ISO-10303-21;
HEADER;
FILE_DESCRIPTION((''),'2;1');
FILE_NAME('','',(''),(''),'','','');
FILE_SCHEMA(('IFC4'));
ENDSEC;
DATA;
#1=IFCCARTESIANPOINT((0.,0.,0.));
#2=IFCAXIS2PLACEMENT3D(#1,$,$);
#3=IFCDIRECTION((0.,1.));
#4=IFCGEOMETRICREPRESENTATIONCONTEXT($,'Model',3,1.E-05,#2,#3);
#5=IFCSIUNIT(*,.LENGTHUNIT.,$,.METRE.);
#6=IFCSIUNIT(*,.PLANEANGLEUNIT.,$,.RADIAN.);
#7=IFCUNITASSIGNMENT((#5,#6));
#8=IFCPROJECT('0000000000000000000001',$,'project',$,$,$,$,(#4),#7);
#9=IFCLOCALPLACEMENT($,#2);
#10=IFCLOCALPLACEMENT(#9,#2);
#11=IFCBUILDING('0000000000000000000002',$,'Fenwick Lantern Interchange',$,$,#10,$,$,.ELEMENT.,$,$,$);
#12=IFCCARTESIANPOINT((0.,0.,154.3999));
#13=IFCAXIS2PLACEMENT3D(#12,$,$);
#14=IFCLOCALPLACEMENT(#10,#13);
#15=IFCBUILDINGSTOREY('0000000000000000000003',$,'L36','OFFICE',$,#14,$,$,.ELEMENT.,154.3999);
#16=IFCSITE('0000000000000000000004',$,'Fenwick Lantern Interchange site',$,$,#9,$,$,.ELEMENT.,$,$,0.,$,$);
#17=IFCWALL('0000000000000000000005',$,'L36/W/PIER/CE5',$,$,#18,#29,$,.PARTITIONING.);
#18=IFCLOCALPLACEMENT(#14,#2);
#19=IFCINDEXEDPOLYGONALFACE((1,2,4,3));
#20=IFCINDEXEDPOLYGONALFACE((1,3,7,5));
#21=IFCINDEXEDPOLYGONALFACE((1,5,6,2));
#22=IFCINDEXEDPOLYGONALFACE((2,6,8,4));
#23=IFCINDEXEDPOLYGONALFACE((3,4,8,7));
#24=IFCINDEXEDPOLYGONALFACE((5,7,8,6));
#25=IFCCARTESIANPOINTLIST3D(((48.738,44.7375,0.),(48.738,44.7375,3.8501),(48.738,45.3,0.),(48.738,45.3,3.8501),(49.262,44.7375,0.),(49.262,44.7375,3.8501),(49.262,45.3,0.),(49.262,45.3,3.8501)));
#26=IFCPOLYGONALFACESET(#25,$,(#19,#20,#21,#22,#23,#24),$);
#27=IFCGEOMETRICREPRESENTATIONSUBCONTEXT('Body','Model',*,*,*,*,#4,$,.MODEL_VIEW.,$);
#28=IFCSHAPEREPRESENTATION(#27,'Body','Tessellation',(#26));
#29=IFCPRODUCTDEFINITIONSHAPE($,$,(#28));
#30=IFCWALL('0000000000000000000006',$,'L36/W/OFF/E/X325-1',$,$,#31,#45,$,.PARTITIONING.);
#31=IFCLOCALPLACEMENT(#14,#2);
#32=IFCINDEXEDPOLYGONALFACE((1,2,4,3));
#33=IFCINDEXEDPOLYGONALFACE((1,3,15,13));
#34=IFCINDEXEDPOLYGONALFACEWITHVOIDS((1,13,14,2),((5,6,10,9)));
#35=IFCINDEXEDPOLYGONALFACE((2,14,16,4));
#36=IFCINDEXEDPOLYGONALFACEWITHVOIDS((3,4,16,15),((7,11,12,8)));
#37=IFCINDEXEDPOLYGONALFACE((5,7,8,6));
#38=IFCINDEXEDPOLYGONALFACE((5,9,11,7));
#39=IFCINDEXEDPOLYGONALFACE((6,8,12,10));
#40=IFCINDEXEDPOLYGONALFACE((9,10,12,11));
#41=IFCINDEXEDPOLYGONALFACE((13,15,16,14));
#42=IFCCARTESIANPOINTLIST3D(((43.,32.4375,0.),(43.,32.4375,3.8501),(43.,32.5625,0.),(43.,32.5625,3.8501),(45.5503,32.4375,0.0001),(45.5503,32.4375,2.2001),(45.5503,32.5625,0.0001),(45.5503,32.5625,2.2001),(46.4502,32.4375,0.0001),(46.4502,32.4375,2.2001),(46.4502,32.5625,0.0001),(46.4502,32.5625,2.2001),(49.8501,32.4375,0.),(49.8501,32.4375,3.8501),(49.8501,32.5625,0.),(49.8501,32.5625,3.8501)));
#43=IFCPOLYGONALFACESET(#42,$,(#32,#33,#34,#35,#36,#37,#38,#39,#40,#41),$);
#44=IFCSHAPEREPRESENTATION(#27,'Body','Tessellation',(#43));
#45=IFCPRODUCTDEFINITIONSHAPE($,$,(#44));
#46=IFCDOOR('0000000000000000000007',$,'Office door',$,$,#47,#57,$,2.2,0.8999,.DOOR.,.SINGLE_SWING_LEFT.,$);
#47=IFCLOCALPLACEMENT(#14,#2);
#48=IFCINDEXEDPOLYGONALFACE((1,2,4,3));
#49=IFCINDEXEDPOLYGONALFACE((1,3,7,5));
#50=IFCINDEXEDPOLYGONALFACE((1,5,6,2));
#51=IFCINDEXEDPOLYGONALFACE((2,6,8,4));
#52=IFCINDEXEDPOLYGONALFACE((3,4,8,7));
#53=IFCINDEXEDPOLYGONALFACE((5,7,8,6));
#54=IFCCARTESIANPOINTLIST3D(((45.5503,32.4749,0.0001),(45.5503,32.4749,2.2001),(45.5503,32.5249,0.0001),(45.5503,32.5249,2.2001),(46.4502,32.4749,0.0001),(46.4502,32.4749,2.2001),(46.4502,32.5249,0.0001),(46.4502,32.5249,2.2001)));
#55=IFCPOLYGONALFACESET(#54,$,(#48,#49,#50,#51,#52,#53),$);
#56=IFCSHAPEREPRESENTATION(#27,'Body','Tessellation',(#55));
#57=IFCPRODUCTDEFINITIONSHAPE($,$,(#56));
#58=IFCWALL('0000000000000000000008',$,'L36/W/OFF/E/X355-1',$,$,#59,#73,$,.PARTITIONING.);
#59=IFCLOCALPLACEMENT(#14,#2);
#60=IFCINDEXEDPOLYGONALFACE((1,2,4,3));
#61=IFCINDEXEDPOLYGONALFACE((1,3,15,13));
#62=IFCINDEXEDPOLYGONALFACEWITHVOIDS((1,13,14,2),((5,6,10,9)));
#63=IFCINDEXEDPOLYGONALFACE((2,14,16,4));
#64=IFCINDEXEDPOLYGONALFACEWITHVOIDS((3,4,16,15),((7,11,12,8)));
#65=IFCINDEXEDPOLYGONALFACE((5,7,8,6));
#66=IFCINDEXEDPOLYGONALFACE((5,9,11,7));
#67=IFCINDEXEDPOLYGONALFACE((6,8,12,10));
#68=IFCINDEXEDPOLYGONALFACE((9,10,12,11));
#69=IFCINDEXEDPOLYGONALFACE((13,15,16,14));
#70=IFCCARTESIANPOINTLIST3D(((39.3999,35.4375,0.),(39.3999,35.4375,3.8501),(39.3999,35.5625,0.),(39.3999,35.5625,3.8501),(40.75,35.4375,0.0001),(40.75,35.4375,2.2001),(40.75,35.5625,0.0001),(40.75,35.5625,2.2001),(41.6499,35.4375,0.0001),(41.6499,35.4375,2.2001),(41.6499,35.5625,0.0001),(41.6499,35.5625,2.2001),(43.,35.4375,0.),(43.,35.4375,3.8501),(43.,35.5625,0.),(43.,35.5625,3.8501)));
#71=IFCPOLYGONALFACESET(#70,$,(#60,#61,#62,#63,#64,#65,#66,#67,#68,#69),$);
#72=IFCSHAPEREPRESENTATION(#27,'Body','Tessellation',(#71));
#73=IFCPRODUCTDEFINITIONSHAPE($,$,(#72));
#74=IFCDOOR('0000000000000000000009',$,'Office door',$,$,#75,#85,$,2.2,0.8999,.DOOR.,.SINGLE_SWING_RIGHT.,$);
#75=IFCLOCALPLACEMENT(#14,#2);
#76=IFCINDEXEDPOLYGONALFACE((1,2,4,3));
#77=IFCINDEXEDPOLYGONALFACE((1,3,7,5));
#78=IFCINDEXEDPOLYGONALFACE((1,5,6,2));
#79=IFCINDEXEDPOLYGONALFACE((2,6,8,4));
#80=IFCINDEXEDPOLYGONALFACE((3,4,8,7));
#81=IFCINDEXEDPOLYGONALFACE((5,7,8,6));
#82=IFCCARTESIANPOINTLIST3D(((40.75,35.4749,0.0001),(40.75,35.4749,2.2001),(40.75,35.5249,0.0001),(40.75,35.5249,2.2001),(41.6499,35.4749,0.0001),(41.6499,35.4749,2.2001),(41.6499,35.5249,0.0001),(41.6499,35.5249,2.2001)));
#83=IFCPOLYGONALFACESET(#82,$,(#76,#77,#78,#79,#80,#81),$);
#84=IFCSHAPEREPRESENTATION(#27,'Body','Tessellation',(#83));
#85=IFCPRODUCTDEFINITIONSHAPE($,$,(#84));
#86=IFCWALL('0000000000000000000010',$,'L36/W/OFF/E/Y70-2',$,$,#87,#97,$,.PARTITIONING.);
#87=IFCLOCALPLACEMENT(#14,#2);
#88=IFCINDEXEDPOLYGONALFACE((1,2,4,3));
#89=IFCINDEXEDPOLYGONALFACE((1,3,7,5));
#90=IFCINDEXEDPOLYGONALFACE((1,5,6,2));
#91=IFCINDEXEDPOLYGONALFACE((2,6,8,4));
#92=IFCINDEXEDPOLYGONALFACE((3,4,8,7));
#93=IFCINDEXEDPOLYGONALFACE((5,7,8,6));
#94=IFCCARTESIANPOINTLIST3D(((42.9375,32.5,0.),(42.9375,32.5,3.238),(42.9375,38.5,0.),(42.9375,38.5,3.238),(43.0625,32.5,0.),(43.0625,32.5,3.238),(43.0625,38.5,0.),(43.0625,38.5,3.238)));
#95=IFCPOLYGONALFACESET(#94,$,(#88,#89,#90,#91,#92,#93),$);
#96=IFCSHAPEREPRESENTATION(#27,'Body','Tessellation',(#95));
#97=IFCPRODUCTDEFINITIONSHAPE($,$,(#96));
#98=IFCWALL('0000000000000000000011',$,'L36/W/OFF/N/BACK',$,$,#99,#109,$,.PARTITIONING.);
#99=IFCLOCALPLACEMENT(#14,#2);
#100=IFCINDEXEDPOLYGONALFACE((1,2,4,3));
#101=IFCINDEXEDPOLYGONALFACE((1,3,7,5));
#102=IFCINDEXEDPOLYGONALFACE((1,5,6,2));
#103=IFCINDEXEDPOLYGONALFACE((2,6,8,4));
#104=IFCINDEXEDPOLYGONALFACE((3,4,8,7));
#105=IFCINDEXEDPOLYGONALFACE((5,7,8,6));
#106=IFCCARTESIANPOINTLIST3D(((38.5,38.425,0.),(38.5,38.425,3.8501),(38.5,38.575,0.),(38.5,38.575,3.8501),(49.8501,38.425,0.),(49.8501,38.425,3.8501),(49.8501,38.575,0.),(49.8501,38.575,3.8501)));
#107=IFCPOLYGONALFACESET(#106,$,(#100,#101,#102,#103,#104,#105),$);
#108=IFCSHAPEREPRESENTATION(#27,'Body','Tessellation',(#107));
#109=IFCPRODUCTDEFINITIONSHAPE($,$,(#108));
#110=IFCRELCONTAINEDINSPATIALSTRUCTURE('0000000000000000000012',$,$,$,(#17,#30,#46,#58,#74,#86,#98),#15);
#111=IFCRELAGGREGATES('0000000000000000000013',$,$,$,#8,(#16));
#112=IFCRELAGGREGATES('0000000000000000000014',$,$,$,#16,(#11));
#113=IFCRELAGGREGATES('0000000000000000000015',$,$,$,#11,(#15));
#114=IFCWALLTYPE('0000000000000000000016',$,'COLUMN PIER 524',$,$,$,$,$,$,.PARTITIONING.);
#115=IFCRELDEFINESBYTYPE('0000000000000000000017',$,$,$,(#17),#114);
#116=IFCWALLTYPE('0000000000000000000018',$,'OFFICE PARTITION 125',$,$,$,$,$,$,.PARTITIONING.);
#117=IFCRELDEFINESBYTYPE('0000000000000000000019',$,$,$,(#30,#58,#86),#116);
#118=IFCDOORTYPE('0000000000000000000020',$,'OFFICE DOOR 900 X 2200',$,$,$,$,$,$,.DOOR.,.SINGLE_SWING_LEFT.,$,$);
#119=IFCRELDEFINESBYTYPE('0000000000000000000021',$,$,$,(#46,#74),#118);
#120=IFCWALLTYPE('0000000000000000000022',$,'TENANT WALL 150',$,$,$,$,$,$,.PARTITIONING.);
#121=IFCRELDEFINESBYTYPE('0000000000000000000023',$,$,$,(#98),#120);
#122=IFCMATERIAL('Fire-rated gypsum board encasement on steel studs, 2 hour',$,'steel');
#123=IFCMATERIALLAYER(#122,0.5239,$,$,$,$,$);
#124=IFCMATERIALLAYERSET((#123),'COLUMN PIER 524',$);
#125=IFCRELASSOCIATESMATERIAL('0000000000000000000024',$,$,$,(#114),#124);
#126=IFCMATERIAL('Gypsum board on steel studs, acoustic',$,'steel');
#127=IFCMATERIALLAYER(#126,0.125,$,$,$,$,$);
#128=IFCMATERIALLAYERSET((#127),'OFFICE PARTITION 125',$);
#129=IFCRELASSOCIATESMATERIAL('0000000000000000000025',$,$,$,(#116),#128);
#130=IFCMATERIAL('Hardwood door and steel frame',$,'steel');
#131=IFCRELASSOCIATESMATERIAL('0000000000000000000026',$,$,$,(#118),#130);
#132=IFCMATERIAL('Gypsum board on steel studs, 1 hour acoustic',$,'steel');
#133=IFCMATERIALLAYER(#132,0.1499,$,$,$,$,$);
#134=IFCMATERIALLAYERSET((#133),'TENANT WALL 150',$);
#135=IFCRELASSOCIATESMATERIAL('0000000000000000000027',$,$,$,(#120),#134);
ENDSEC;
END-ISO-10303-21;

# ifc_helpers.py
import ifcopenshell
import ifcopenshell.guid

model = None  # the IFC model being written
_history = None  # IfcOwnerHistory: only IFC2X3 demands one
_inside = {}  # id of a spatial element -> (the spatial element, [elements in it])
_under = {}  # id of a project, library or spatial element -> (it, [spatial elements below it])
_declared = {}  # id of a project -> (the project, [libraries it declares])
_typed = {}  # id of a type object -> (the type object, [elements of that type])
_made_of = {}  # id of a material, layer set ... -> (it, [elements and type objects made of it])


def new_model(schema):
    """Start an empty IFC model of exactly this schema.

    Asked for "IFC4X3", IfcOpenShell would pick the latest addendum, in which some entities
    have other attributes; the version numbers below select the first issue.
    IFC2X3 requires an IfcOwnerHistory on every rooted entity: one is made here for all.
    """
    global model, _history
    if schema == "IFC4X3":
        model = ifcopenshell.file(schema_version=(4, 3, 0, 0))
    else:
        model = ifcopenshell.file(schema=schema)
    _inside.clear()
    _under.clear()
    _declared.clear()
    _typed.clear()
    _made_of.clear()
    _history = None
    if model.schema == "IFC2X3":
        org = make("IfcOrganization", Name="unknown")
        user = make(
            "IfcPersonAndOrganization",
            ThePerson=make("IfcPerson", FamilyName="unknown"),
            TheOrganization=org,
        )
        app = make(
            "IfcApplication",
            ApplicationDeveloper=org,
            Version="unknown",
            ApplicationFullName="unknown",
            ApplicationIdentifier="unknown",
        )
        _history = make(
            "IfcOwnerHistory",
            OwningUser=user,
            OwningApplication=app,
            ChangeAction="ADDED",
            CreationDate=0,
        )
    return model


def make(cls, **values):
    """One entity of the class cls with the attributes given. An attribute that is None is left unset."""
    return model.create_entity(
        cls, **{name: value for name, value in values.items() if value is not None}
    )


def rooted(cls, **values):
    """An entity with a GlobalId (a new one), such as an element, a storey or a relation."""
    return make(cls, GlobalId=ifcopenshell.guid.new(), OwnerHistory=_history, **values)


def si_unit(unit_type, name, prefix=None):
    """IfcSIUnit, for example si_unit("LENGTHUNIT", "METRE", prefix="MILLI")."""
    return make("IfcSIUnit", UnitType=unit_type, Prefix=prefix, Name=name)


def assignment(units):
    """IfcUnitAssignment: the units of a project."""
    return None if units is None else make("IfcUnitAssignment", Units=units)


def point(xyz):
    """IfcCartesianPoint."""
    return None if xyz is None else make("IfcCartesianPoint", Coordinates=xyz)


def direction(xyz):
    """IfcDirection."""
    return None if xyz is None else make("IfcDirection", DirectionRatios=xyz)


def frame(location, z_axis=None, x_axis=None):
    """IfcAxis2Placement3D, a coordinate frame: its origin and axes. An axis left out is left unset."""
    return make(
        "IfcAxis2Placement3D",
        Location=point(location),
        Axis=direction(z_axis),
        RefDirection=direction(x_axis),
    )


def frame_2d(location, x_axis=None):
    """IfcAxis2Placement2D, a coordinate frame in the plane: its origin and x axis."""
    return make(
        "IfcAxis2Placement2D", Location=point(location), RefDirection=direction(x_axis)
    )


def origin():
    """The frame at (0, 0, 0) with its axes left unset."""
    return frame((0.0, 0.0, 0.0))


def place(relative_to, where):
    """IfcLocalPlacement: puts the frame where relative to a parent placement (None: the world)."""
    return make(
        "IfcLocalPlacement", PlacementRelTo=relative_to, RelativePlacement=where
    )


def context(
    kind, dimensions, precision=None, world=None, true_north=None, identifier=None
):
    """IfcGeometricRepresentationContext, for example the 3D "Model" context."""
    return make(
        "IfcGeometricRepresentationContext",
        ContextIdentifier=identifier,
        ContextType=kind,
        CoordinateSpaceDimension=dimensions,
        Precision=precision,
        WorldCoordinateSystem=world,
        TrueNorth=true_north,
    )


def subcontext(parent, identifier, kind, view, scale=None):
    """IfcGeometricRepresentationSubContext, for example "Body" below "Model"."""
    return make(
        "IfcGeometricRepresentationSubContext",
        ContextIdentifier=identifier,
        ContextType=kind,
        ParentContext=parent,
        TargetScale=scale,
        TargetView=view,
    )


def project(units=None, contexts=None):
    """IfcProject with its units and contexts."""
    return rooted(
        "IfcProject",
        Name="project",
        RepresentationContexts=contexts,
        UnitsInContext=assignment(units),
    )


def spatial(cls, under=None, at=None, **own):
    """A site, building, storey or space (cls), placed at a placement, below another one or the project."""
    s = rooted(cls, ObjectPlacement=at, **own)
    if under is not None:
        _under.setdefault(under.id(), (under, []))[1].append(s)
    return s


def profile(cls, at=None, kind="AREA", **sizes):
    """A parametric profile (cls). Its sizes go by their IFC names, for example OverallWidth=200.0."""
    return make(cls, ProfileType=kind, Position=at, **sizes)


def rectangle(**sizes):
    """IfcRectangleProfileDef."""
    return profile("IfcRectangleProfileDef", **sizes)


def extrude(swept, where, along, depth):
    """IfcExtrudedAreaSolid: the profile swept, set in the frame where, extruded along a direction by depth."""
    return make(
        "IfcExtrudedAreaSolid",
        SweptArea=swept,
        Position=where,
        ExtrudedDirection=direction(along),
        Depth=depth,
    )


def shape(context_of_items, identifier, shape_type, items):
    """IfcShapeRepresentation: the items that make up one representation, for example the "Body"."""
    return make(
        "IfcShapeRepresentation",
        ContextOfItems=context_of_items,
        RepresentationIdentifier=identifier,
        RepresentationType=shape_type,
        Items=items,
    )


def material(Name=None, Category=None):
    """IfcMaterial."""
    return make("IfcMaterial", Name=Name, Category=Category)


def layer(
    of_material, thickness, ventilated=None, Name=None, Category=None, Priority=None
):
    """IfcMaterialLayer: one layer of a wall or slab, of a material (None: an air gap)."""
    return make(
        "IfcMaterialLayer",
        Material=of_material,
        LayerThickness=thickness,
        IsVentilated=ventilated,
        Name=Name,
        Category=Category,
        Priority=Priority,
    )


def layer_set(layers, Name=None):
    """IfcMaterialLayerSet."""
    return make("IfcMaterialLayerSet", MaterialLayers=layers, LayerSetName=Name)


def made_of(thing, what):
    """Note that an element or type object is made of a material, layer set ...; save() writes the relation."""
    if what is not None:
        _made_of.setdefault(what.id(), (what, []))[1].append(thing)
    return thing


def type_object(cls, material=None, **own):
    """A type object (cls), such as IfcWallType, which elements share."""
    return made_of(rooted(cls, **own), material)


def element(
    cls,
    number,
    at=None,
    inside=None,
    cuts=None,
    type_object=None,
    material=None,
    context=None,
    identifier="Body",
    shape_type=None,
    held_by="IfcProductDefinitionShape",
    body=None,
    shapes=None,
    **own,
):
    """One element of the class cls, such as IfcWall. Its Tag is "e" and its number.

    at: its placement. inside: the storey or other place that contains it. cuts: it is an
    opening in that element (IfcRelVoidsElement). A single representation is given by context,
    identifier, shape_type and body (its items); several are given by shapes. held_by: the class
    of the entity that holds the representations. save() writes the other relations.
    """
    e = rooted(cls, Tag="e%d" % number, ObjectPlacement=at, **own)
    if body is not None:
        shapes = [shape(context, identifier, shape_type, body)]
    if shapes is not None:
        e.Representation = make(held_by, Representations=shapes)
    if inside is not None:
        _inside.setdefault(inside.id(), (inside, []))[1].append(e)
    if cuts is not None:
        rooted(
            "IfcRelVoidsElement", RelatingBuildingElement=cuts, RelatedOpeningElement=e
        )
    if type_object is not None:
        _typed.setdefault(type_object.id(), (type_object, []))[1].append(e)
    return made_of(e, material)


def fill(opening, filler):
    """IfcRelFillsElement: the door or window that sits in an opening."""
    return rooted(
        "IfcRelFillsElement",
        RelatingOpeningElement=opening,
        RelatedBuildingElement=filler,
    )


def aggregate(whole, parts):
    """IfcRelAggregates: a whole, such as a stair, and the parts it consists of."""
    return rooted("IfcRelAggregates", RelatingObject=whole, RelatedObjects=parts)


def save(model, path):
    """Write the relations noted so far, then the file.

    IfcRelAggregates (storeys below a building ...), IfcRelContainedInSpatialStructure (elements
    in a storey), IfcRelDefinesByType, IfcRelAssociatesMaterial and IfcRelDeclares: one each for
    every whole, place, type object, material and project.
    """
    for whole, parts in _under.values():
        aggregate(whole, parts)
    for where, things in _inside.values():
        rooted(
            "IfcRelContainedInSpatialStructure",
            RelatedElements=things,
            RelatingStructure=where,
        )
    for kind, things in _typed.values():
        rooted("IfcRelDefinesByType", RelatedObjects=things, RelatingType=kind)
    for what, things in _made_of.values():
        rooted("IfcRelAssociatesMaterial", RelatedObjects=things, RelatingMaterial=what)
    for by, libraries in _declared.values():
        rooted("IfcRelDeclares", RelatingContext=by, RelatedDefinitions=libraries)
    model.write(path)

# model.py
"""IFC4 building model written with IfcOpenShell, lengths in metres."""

from ifc_helpers import new_model, si_unit, direction, frame, frame_2d, origin, place, context, subcontext, project, spatial, rectangle, extrude, material, layer, layer_set, type_object, element, fill, save


model = new_model("IFC4")

# Units and contexts
model_context = context("Model", 3, precision=1e-05, world=origin(), true_north=direction((0.0, 1.0)))
body_context = subcontext(model_context, "Body", "Model", "MODEL_VIEW")
ifc_project = project(units=[si_unit("LENGTHUNIT", "METRE"), si_unit("PLANEANGLEUNIT", "RADIAN")], contexts=[model_context])

# Site, building, storey
site_placement = place(None, origin())
site = spatial("IfcSite", under=ifc_project, at=site_placement, Name="Fenwick Lantern Interchange site", CompositionType="ELEMENT", RefElevation=0.0)
building_placement = place(site_placement, origin())
building = spatial("IfcBuilding", under=site, at=building_placement, Name="Fenwick Lantern Interchange", CompositionType="ELEMENT")
storey_placement = place(building_placement, frame((0.0, 0.0, 154.3999)))
storey = spatial("IfcBuildingStorey", under=building, at=storey_placement, Name="L36", Description="OFFICE", CompositionType="ELEMENT", Elevation=154.3999)

# Wall
ifc_material_1 = material(Name="Fire-rated gypsum board encasement on steel studs, 2 hour", Category="steel")
ifc_layer_1 = layer(ifc_material_1, 0.5239)
ifc_layer_set_1 = layer_set([ifc_layer_1], Name="COLUMN PIER 524")
wall_type_1 = type_object("IfcWallType", Name="COLUMN PIER 524", PredefinedType="PARTITIONING", material=ifc_layer_set_1)
wall_1_placement = place(storey_placement, frame((49.0, 45.3, 0.0), z_axis=(0.0, 0.0, 1.0), x_axis=(0.0, -1.0, 0.0)))
element("IfcWall", 1, at=wall_1_placement, inside=storey, type_object=wall_type_1, Name="L36/W/PIER/CE5", PredefinedType="PARTITIONING", context=body_context, shape_type="SweptSolid", body=[
    extrude(rectangle(XDim=0.5625, YDim=0.5239, at=frame_2d((0.2812, 0.0))), origin(), (0.0, 0.0, 1.0), 3.8501),
])

# Walls, openings, doors
ifc_material_2 = material(Name="Gypsum board on steel studs, acoustic", Category="steel")
ifc_layer_2 = layer(ifc_material_2, 0.125)
ifc_layer_set_2 = layer_set([ifc_layer_2], Name="OFFICE PARTITION 125")
wall_type_2 = type_object("IfcWallType", Name="OFFICE PARTITION 125", PredefinedType="PARTITIONING", material=ifc_layer_set_2)
wall_2_placement = place(storey_placement, frame((49.8501, 32.5, 0.0), z_axis=(0.0, 0.0, 1.0), x_axis=(-1.0, 0.0, 0.0)))
wall_2 = element("IfcWall", 2, at=wall_2_placement, inside=storey, type_object=wall_type_2, Name="L36/W/OFF/E/X325-1", PredefinedType="PARTITIONING", context=body_context, shape_type="SweptSolid", body=[
    extrude(rectangle(XDim=6.8501, YDim=0.125, at=frame_2d((3.425, 0.0))), origin(), (0.0, 0.0, 1.0), 3.8501),
])
opening_1_placement = place(wall_2_placement, frame((3.3999, 0.0, 0.0)))
opening_1 = element("IfcOpeningElement", 3, at=opening_1_placement, cuts=wall_2, PredefinedType="OPENING", context=body_context, shape_type="SweptSolid", body=[
    extrude(rectangle(XDim=0.8999, YDim=2.2, at=frame_2d((0.45, 1.1001))), frame((0.0, 0.0725, 0.0), z_axis=(0.0, -1.0, 0.0), x_axis=(1.0, 0.0, 0.0)), (0.0, 0.0, 1.0), 0.145),
])
ifc_material_3 = material(Name="Hardwood door and steel frame", Category="steel")
door_type = type_object("IfcDoorType", Name="OFFICE DOOR 900 X 2200", OperationType="SINGLE_SWING_LEFT", PredefinedType="DOOR", material=ifc_material_3)
door_1_placement = place(opening_1_placement, frame((0.8999, 0.0, 0.0), z_axis=(0.0, 0.0, 1.0), x_axis=(-1.0, 0.0, 0.0)))
door_1 = element("IfcDoor", 4, at=door_1_placement, inside=storey, type_object=door_type, Name="Office door", OperationType="SINGLE_SWING_LEFT", OverallHeight=2.2, OverallWidth=0.8999, PredefinedType="DOOR", context=body_context, shape_type="SweptSolid", body=[
    extrude(rectangle(XDim=0.8999, YDim=2.2, at=frame_2d((0.45, 1.1001))), frame((0.0, 0.0249, 0.0), z_axis=(0.0, -1.0, 0.0), x_axis=(1.0, 0.0, 0.0)), (0.0, 0.0, 1.0), 0.05),
])
fill(opening_1, door_1)
wall_3_placement = place(storey_placement, frame((43.0, 35.5, 0.0), z_axis=(0.0, 0.0, 1.0), x_axis=(-1.0, 0.0, 0.0)))
wall_3 = element("IfcWall", 5, at=wall_3_placement, inside=storey, type_object=wall_type_2, Name="L36/W/OFF/E/X355-1", PredefinedType="PARTITIONING", context=body_context, shape_type="SweptSolid", body=[
    extrude(rectangle(XDim=3.6001, YDim=0.125, at=frame_2d((1.8, 0.0))), origin(), (0.0, 0.0, 1.0), 3.8501),
])
opening_2_placement = place(wall_3_placement, frame((1.3501, 0.0, 0.0)))
opening_2 = element("IfcOpeningElement", 6, at=opening_2_placement, cuts=wall_3, PredefinedType="OPENING", context=body_context, shape_type="SweptSolid", body=[
    extrude(rectangle(XDim=0.8999, YDim=2.2, at=frame_2d((0.45, 1.1001))), frame((0.0, 0.0725, 0.0), z_axis=(0.0, -1.0, 0.0), x_axis=(1.0, 0.0, 0.0)), (0.0, 0.0, 1.0), 0.145),
])
door_2_placement = place(opening_2_placement, frame((0.8999, 0.0, 0.0), z_axis=(0.0, 0.0, 1.0), x_axis=(-1.0, 0.0, 0.0)))
door_2 = element("IfcDoor", 7, at=door_2_placement, inside=storey, type_object=door_type, Name="Office door", OperationType="SINGLE_SWING_RIGHT", OverallHeight=2.2, OverallWidth=0.8999, PredefinedType="DOOR", context=body_context, shape_type="SweptSolid", body=[
    extrude(rectangle(XDim=0.8999, YDim=2.2, at=frame_2d((0.45, 1.1001))), frame((0.0, 0.0249, 0.0), z_axis=(0.0, -1.0, 0.0), x_axis=(1.0, 0.0, 0.0)), (0.0, 0.0, 1.0), 0.05),
])
fill(opening_2, door_2)

# Walls
wall_4_placement = place(storey_placement, frame((43.0, 32.5, 0.0), z_axis=(0.0, 0.0, 1.0), x_axis=(0.0, 1.0, 0.0)))
element("IfcWall", 8, at=wall_4_placement, inside=storey, type_object=wall_type_2, Name="L36/W/OFF/E/Y70-2", PredefinedType="PARTITIONING", context=body_context, shape_type="SweptSolid", body=[
    extrude(rectangle(XDim=6.0, YDim=0.125, at=frame_2d((3.0, 0.0))), origin(), (0.0, 0.0, 1.0), 3.238),
])
ifc_material_4 = material(Name="Gypsum board on steel studs, 1 hour acoustic", Category="steel")
ifc_layer_3 = layer(ifc_material_4, 0.1499)
ifc_layer_set_3 = layer_set([ifc_layer_3], Name="TENANT WALL 150")
wall_type_3 = type_object("IfcWallType", Name="TENANT WALL 150", PredefinedType="PARTITIONING", material=ifc_layer_set_3)
wall_5_placement = place(storey_placement, frame((49.8501, 38.5, 0.0), z_axis=(0.0, 0.0, 1.0), x_axis=(-1.0, 0.0, 0.0)))
element("IfcWall", 9, at=wall_5_placement, inside=storey, type_object=wall_type_3, Name="L36/W/OFF/N/BACK", PredefinedType="PARTITIONING", context=body_context, shape_type="SweptSolid", body=[
    extrude(rectangle(XDim=11.3501, YDim=0.1499, at=frame_2d((5.675, 0.0))), origin(), (0.0, 0.0, 1.0), 3.8501),
])

save(model, "model.ifc")
